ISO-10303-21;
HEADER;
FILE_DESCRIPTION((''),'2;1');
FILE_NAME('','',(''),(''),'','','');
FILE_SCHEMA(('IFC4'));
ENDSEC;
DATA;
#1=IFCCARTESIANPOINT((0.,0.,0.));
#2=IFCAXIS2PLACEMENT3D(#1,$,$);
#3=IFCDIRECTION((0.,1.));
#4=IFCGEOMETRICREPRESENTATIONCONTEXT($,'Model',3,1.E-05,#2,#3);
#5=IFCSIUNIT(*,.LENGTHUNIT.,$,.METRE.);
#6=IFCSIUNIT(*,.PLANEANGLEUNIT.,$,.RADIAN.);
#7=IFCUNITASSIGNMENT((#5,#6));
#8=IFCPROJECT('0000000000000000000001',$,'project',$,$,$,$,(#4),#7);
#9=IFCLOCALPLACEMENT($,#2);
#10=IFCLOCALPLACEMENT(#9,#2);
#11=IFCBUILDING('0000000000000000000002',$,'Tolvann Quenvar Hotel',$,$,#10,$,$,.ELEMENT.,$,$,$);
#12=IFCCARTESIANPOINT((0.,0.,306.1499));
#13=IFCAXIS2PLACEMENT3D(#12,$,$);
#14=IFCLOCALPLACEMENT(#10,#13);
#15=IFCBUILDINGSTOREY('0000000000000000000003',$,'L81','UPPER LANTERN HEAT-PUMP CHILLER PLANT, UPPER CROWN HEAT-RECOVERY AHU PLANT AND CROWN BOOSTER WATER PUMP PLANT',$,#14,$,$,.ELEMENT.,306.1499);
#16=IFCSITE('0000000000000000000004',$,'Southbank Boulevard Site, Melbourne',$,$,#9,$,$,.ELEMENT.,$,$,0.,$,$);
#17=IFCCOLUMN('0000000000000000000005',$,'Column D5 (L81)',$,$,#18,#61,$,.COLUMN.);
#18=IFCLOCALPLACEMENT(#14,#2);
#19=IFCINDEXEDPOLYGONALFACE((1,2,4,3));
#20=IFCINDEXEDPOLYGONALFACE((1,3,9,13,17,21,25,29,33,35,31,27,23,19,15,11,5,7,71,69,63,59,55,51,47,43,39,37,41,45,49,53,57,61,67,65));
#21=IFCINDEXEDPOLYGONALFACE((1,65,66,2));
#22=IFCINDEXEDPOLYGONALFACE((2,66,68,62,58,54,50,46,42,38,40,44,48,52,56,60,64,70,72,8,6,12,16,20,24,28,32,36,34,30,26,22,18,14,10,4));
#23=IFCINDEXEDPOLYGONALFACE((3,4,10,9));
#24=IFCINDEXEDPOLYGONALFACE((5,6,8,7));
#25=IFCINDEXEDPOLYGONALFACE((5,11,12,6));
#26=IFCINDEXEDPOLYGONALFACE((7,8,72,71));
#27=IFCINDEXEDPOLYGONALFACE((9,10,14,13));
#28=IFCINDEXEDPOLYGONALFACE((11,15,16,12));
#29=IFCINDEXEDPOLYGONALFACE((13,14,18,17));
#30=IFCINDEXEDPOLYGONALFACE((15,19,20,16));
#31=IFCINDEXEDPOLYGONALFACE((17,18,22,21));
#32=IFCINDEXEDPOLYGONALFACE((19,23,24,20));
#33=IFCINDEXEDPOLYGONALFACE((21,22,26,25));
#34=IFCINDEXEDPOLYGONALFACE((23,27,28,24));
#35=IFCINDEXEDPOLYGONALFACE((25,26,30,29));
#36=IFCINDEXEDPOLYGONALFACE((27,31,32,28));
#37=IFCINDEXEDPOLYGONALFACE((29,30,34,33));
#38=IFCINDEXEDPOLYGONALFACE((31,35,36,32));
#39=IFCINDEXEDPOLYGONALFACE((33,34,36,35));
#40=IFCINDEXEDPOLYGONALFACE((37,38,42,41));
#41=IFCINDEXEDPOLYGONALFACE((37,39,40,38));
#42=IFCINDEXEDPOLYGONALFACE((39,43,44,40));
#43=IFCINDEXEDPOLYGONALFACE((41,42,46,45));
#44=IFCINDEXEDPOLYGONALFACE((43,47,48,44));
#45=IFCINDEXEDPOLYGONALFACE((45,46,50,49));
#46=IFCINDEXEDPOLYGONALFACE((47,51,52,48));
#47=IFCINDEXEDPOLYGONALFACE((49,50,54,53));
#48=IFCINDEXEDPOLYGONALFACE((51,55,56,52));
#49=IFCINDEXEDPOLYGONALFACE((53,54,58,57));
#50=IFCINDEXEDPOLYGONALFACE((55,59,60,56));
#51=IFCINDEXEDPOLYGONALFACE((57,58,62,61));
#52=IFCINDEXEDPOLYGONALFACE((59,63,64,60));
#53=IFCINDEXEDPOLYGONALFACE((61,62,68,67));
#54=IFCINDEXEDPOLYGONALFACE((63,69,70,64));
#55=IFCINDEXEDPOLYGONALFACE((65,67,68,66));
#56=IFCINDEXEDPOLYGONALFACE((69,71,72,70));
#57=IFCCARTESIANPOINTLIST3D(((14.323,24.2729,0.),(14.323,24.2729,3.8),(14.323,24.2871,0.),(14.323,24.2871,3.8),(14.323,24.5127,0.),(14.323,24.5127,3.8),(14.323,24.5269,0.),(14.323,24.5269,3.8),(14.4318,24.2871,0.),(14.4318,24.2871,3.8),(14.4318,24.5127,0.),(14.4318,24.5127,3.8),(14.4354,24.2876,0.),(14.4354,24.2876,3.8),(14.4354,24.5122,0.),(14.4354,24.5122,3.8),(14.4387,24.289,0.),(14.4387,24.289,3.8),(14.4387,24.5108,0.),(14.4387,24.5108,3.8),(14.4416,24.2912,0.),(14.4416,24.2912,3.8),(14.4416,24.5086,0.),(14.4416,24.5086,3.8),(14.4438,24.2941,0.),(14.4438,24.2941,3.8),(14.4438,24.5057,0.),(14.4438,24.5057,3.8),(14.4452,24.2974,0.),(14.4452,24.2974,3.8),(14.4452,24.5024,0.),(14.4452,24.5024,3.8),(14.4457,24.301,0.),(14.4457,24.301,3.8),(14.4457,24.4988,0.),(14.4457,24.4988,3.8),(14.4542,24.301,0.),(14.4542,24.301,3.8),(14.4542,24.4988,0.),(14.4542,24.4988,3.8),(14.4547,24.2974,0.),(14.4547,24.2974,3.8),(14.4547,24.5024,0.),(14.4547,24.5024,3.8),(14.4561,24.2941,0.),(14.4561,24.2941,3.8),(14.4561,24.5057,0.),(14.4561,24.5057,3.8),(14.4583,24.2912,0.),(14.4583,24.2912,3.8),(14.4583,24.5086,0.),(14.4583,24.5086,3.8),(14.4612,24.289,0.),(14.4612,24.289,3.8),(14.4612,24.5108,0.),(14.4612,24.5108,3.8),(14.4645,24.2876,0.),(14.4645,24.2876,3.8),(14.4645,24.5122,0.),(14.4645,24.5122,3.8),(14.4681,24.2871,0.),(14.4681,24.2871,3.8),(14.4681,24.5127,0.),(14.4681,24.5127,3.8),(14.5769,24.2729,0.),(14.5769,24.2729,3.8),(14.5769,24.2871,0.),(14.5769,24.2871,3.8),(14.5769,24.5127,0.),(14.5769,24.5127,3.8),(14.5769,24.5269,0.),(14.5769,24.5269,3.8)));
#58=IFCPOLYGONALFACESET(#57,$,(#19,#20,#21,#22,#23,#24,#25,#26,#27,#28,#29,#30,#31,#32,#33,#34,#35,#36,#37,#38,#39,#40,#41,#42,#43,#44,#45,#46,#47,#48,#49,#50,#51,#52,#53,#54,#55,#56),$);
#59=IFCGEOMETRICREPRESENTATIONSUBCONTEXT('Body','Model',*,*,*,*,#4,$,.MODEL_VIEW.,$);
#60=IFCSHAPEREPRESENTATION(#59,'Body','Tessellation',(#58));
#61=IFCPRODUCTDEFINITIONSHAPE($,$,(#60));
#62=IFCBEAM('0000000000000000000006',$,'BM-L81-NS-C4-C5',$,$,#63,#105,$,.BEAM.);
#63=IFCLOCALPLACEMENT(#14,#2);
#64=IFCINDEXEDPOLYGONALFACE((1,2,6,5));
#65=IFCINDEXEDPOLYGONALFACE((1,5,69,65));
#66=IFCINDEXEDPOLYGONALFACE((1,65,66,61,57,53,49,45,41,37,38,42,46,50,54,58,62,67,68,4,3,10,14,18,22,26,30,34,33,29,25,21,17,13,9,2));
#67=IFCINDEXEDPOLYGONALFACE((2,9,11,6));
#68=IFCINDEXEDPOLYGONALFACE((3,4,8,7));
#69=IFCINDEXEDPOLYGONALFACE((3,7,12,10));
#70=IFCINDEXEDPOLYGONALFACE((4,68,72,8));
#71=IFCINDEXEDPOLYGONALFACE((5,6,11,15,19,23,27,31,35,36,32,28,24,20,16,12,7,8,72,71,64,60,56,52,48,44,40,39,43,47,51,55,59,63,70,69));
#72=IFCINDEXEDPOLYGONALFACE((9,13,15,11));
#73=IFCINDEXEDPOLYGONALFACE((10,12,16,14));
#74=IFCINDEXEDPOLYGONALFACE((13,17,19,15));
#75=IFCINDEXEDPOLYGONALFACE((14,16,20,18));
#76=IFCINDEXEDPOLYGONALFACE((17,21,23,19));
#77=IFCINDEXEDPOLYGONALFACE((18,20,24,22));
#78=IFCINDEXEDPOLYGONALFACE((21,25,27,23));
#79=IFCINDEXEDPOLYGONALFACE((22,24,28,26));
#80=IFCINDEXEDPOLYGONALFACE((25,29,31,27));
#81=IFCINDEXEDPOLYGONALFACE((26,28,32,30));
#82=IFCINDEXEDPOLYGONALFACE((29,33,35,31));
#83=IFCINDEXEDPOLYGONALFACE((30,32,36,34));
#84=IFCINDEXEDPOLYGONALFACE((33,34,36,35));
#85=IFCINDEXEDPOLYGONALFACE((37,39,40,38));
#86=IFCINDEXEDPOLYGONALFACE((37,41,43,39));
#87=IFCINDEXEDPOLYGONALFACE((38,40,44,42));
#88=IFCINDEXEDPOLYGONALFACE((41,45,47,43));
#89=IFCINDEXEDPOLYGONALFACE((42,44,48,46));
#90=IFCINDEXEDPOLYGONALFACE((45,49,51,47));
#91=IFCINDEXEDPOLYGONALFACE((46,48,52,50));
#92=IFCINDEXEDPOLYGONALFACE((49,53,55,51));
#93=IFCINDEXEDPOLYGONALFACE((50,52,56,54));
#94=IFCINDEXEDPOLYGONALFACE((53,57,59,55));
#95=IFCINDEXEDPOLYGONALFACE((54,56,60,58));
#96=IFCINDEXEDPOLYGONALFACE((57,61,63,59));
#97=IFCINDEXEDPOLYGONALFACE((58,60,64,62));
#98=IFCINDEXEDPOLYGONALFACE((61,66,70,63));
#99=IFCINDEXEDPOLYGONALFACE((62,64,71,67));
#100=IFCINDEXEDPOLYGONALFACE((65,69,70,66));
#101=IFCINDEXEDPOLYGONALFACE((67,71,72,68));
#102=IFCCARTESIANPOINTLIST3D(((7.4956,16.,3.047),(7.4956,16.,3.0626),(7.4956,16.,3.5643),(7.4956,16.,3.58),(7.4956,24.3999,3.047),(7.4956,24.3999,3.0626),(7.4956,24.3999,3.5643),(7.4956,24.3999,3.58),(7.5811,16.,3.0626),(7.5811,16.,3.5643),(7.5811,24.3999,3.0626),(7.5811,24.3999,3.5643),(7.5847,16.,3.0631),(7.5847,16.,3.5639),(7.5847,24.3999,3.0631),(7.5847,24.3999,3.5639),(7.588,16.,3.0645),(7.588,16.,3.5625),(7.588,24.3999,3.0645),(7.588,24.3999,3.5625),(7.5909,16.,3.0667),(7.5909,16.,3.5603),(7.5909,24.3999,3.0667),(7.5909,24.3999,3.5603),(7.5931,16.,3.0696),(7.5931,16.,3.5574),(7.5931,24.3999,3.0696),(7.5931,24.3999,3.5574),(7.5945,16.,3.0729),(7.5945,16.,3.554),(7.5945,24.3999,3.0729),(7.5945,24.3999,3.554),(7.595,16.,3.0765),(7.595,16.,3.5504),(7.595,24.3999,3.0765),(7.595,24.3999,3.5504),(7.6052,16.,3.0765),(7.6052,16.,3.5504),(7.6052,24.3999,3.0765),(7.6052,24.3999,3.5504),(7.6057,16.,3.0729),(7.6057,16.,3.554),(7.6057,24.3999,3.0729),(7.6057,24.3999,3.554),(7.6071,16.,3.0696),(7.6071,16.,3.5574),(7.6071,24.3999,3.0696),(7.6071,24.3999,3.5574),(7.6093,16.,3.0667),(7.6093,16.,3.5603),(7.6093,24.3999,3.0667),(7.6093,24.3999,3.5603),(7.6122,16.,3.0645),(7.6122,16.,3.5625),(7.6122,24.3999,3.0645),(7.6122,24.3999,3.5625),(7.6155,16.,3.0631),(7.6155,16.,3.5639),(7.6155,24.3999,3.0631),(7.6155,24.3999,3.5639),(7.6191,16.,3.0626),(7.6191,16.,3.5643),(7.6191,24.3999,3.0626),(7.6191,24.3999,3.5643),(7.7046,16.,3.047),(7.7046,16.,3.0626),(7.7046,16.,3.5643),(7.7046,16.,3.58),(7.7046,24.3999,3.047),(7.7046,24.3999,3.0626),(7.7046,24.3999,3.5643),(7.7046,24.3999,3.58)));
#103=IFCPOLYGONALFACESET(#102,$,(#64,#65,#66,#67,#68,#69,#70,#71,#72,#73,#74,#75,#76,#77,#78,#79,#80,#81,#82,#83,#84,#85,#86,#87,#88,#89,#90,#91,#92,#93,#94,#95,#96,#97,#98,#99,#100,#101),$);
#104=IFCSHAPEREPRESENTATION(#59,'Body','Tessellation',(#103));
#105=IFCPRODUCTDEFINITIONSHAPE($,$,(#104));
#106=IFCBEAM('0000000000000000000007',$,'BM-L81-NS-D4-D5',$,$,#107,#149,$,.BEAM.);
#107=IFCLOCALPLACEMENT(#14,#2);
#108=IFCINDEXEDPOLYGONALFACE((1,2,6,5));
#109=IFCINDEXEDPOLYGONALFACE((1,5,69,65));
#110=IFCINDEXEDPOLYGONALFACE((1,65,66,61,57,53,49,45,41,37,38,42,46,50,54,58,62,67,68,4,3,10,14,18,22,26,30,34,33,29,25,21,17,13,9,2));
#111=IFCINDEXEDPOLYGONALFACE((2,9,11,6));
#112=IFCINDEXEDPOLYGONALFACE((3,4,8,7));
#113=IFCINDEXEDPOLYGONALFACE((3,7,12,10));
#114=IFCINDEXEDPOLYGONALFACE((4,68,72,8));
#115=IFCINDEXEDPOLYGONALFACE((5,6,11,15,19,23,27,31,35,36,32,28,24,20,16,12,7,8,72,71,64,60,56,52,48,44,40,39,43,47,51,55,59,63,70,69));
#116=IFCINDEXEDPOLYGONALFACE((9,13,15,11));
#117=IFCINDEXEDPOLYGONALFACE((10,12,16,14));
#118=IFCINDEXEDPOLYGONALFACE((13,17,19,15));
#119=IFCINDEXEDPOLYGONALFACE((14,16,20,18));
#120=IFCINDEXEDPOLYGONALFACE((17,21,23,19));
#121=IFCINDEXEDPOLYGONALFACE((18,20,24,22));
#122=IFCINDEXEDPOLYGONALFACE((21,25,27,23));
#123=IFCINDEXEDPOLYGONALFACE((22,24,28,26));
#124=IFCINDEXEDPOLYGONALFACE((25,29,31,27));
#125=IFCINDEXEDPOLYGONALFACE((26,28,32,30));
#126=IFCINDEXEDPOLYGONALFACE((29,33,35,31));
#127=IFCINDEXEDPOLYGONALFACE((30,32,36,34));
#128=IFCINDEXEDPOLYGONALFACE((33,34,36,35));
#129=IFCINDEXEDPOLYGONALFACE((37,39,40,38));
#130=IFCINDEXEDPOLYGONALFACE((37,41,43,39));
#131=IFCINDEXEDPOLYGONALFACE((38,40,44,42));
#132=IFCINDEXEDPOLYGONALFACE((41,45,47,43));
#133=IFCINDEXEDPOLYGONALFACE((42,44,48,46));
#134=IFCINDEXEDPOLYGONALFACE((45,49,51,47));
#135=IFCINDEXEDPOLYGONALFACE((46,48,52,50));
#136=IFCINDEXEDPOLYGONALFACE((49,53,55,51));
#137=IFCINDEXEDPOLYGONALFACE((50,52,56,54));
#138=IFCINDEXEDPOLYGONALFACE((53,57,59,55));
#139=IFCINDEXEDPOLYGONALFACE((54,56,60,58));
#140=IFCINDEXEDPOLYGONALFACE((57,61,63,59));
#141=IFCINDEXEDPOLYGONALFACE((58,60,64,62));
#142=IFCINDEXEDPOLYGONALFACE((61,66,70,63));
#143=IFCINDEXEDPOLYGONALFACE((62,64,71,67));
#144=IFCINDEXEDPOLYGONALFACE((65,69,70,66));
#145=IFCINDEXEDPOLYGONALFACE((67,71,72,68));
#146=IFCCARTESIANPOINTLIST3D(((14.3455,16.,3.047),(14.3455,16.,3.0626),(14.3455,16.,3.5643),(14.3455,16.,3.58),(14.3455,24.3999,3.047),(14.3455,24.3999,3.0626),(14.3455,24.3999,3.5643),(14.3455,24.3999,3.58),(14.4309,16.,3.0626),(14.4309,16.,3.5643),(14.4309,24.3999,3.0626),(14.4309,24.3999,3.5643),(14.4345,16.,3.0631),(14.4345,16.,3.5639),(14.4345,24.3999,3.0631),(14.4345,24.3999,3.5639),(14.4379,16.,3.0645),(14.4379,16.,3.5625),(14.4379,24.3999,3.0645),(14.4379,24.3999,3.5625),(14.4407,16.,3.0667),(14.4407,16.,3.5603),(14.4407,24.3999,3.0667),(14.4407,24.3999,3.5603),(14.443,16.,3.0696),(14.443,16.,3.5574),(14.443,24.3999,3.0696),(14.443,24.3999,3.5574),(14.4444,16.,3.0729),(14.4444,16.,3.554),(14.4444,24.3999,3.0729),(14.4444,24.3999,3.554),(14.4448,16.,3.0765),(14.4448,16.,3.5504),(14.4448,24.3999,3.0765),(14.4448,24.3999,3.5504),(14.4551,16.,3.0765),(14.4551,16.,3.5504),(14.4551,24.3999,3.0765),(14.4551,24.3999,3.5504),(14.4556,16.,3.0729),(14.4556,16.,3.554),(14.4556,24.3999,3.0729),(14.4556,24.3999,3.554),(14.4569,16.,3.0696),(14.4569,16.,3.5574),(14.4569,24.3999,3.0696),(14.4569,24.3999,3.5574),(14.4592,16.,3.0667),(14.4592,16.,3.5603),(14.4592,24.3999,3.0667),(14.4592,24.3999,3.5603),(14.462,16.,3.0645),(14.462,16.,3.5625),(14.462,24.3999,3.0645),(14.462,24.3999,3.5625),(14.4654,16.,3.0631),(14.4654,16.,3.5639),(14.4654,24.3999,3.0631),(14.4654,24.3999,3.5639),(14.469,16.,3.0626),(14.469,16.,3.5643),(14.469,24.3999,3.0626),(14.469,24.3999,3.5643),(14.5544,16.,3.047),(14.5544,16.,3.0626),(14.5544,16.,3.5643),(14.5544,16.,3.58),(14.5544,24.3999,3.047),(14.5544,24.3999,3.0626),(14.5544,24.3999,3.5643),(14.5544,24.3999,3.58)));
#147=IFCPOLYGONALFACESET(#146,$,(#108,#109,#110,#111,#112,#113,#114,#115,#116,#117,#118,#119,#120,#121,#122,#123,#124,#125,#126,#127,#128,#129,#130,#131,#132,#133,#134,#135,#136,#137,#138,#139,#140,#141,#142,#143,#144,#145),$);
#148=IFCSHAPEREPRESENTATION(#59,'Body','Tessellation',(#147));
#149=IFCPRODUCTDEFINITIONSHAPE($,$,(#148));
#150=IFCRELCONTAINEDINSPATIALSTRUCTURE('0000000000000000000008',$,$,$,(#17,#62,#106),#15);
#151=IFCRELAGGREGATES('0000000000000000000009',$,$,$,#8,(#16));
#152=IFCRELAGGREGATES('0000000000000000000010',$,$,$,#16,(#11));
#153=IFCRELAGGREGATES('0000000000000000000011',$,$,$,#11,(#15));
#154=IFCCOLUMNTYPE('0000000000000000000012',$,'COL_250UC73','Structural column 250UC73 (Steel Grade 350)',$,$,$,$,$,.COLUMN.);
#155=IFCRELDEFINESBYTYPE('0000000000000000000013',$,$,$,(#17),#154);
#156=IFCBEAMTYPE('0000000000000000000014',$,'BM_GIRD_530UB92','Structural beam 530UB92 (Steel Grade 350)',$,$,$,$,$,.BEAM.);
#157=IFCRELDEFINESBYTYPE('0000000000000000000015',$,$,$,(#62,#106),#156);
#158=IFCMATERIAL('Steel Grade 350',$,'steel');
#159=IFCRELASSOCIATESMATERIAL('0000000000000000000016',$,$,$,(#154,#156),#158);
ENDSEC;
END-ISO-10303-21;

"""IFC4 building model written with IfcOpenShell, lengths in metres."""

from ifc_helpers import new_model, si_unit, direction, frame, origin, origin_2d, place, context, subcontext, project, spatial, i_section, extrude, source, transform, mapped, material, material_profile, profile_set, type_object, type_shapes, element, save


model = new_model("IFC4")

# Units and contexts
model_context = context("Model", 3, precision=1e-05, world=origin(), true_north=direction((0.0, 1.0)))
body_context = subcontext(model_context, "Body", "Model", "MODEL_VIEW")
ifc_project = project(units=[si_unit("LENGTHUNIT", "METRE"), si_unit("PLANEANGLEUNIT", "RADIAN")], contexts=[model_context])

# Site, building, storey
site_placement = place(None, origin())
site = spatial("IfcSite", under=ifc_project, at=site_placement, Name="Southbank Boulevard Site, Melbourne", CompositionType="ELEMENT", RefElevation=0.0)
building_placement = place(site_placement, origin())
building = spatial("IfcBuilding", under=site, at=building_placement, Name="Tolvann Quenvar Hotel", CompositionType="ELEMENT")
storey_placement = place(building_placement, frame((0.0, 0.0, 306.1499)))
storey = spatial("IfcBuildingStorey", under=building, at=storey_placement, Name="L81", Description="UPPER LANTERN HEAT-PUMP CHILLER PLANT, UPPER CROWN HEAT-RECOVERY AHU PLANT AND CROWN BOOSTER WATER PUMP PLANT", CompositionType="ELEMENT", Elevation=306.1499)

# Column
ifc_material_1 = material(Name="Steel Grade 350", Category="steel")
ifc_material_profile_1 = material_profile(ifc_material_1, i_section(OverallWidth=0.2539, OverallDepth=0.2539, WebThickness=0.0085, FlangeThickness=0.0142, FilletRadius=0.0139, at=origin_2d()), Name="250UC73")
ifc_profile_set_1 = profile_set([ifc_material_profile_1], Name="Steel Grade 350")
column_type = type_object("IfcColumnType", Name="COL_250UC73", Description="Structural column 250UC73 (Steel Grade 350)", PredefinedType="COLUMN", material=ifc_profile_set_1)
shared_shape_1 = source(origin(), body_context, "Body", "SweptSolid", [
    extrude(i_section(OverallWidth=0.2539, OverallDepth=0.2539, WebThickness=0.0085, FlangeThickness=0.0142, FilletRadius=0.0139, at=origin_2d()), origin(), (0.0, 0.0, 1.0), 3.8),
])
type_shapes(column_type, [shared_shape_1])
for number, where, z_axis, x_axis, name in (
    (1, (14.45, 24.3999, 0.0), (0.0, 0.0, 1.0), (1.0, 0.0, 0.0), "Column D5 (L81)"),
):
    element("IfcColumn", number, at=place(storey_placement, frame(where, z_axis=z_axis, x_axis=x_axis)), inside=storey, type_object=column_type, Name=name, PredefinedType="COLUMN", context=body_context, shape_type="MappedRepresentation", body=[
        mapped(shared_shape_1, transform((0.0, 0.0, 0.0), x_axis=(1.0, 0.0, 0.0), y_axis=(0.0, 1.0, 0.0), z_axis=(0.0, 0.0, 1.0), scale=1.0)),
    ])

# Beams
ifc_material_profile_2 = material_profile(ifc_material_1, i_section(OverallWidth=0.209, OverallDepth=0.533, WebThickness=0.0103, FlangeThickness=0.0156, FilletRadius=0.0139, at=origin_2d()), Name="530UB92")
ifc_profile_set_2 = profile_set([ifc_material_profile_2], Name="Steel Grade 350")
beam_type_1 = type_object("IfcBeamType", Name="BM_GIRD_530UB92", Description="Structural beam 530UB92 (Steel Grade 350)", PredefinedType="BEAM", material=ifc_profile_set_2)
shared_shape_2 = source(origin(), body_context, "Body", "SweptSolid", [
    extrude(i_section(OverallWidth=0.209, OverallDepth=0.533, WebThickness=0.0103, FlangeThickness=0.0156, FilletRadius=0.0139, at=origin_2d()), origin(), (0.0, 0.0, 1.0), 8.3999),
])
for number, where, z_axis, x_axis, name in (
    (2, (7.6001, 16.0, 3.3135), (0.0, 1.0, 0.0), (-1.0, 0.0, 0.0), "BM-L81-NS-C4-C5"),
    (3, (14.45, 16.0, 3.3135), (0.0, 1.0, 0.0), (-1.0, 0.0, 0.0), "BM-L81-NS-D4-D5"),
):
    element("IfcBeam", number, at=place(storey_placement, frame(where, z_axis=z_axis, x_axis=x_axis)), inside=storey, type_object=beam_type_1, Name=name, PredefinedType="BEAM", context=body_context, shape_type="MappedRepresentation", body=[
        mapped(shared_shape_2, transform((0.0, 0.0, 0.0), x_axis=(1.0, 0.0, 0.0), y_axis=(0.0, 1.0, 0.0), z_axis=(0.0, 0.0, 1.0), scale=1.0)),
    ])

save(model, "model.ifc")
